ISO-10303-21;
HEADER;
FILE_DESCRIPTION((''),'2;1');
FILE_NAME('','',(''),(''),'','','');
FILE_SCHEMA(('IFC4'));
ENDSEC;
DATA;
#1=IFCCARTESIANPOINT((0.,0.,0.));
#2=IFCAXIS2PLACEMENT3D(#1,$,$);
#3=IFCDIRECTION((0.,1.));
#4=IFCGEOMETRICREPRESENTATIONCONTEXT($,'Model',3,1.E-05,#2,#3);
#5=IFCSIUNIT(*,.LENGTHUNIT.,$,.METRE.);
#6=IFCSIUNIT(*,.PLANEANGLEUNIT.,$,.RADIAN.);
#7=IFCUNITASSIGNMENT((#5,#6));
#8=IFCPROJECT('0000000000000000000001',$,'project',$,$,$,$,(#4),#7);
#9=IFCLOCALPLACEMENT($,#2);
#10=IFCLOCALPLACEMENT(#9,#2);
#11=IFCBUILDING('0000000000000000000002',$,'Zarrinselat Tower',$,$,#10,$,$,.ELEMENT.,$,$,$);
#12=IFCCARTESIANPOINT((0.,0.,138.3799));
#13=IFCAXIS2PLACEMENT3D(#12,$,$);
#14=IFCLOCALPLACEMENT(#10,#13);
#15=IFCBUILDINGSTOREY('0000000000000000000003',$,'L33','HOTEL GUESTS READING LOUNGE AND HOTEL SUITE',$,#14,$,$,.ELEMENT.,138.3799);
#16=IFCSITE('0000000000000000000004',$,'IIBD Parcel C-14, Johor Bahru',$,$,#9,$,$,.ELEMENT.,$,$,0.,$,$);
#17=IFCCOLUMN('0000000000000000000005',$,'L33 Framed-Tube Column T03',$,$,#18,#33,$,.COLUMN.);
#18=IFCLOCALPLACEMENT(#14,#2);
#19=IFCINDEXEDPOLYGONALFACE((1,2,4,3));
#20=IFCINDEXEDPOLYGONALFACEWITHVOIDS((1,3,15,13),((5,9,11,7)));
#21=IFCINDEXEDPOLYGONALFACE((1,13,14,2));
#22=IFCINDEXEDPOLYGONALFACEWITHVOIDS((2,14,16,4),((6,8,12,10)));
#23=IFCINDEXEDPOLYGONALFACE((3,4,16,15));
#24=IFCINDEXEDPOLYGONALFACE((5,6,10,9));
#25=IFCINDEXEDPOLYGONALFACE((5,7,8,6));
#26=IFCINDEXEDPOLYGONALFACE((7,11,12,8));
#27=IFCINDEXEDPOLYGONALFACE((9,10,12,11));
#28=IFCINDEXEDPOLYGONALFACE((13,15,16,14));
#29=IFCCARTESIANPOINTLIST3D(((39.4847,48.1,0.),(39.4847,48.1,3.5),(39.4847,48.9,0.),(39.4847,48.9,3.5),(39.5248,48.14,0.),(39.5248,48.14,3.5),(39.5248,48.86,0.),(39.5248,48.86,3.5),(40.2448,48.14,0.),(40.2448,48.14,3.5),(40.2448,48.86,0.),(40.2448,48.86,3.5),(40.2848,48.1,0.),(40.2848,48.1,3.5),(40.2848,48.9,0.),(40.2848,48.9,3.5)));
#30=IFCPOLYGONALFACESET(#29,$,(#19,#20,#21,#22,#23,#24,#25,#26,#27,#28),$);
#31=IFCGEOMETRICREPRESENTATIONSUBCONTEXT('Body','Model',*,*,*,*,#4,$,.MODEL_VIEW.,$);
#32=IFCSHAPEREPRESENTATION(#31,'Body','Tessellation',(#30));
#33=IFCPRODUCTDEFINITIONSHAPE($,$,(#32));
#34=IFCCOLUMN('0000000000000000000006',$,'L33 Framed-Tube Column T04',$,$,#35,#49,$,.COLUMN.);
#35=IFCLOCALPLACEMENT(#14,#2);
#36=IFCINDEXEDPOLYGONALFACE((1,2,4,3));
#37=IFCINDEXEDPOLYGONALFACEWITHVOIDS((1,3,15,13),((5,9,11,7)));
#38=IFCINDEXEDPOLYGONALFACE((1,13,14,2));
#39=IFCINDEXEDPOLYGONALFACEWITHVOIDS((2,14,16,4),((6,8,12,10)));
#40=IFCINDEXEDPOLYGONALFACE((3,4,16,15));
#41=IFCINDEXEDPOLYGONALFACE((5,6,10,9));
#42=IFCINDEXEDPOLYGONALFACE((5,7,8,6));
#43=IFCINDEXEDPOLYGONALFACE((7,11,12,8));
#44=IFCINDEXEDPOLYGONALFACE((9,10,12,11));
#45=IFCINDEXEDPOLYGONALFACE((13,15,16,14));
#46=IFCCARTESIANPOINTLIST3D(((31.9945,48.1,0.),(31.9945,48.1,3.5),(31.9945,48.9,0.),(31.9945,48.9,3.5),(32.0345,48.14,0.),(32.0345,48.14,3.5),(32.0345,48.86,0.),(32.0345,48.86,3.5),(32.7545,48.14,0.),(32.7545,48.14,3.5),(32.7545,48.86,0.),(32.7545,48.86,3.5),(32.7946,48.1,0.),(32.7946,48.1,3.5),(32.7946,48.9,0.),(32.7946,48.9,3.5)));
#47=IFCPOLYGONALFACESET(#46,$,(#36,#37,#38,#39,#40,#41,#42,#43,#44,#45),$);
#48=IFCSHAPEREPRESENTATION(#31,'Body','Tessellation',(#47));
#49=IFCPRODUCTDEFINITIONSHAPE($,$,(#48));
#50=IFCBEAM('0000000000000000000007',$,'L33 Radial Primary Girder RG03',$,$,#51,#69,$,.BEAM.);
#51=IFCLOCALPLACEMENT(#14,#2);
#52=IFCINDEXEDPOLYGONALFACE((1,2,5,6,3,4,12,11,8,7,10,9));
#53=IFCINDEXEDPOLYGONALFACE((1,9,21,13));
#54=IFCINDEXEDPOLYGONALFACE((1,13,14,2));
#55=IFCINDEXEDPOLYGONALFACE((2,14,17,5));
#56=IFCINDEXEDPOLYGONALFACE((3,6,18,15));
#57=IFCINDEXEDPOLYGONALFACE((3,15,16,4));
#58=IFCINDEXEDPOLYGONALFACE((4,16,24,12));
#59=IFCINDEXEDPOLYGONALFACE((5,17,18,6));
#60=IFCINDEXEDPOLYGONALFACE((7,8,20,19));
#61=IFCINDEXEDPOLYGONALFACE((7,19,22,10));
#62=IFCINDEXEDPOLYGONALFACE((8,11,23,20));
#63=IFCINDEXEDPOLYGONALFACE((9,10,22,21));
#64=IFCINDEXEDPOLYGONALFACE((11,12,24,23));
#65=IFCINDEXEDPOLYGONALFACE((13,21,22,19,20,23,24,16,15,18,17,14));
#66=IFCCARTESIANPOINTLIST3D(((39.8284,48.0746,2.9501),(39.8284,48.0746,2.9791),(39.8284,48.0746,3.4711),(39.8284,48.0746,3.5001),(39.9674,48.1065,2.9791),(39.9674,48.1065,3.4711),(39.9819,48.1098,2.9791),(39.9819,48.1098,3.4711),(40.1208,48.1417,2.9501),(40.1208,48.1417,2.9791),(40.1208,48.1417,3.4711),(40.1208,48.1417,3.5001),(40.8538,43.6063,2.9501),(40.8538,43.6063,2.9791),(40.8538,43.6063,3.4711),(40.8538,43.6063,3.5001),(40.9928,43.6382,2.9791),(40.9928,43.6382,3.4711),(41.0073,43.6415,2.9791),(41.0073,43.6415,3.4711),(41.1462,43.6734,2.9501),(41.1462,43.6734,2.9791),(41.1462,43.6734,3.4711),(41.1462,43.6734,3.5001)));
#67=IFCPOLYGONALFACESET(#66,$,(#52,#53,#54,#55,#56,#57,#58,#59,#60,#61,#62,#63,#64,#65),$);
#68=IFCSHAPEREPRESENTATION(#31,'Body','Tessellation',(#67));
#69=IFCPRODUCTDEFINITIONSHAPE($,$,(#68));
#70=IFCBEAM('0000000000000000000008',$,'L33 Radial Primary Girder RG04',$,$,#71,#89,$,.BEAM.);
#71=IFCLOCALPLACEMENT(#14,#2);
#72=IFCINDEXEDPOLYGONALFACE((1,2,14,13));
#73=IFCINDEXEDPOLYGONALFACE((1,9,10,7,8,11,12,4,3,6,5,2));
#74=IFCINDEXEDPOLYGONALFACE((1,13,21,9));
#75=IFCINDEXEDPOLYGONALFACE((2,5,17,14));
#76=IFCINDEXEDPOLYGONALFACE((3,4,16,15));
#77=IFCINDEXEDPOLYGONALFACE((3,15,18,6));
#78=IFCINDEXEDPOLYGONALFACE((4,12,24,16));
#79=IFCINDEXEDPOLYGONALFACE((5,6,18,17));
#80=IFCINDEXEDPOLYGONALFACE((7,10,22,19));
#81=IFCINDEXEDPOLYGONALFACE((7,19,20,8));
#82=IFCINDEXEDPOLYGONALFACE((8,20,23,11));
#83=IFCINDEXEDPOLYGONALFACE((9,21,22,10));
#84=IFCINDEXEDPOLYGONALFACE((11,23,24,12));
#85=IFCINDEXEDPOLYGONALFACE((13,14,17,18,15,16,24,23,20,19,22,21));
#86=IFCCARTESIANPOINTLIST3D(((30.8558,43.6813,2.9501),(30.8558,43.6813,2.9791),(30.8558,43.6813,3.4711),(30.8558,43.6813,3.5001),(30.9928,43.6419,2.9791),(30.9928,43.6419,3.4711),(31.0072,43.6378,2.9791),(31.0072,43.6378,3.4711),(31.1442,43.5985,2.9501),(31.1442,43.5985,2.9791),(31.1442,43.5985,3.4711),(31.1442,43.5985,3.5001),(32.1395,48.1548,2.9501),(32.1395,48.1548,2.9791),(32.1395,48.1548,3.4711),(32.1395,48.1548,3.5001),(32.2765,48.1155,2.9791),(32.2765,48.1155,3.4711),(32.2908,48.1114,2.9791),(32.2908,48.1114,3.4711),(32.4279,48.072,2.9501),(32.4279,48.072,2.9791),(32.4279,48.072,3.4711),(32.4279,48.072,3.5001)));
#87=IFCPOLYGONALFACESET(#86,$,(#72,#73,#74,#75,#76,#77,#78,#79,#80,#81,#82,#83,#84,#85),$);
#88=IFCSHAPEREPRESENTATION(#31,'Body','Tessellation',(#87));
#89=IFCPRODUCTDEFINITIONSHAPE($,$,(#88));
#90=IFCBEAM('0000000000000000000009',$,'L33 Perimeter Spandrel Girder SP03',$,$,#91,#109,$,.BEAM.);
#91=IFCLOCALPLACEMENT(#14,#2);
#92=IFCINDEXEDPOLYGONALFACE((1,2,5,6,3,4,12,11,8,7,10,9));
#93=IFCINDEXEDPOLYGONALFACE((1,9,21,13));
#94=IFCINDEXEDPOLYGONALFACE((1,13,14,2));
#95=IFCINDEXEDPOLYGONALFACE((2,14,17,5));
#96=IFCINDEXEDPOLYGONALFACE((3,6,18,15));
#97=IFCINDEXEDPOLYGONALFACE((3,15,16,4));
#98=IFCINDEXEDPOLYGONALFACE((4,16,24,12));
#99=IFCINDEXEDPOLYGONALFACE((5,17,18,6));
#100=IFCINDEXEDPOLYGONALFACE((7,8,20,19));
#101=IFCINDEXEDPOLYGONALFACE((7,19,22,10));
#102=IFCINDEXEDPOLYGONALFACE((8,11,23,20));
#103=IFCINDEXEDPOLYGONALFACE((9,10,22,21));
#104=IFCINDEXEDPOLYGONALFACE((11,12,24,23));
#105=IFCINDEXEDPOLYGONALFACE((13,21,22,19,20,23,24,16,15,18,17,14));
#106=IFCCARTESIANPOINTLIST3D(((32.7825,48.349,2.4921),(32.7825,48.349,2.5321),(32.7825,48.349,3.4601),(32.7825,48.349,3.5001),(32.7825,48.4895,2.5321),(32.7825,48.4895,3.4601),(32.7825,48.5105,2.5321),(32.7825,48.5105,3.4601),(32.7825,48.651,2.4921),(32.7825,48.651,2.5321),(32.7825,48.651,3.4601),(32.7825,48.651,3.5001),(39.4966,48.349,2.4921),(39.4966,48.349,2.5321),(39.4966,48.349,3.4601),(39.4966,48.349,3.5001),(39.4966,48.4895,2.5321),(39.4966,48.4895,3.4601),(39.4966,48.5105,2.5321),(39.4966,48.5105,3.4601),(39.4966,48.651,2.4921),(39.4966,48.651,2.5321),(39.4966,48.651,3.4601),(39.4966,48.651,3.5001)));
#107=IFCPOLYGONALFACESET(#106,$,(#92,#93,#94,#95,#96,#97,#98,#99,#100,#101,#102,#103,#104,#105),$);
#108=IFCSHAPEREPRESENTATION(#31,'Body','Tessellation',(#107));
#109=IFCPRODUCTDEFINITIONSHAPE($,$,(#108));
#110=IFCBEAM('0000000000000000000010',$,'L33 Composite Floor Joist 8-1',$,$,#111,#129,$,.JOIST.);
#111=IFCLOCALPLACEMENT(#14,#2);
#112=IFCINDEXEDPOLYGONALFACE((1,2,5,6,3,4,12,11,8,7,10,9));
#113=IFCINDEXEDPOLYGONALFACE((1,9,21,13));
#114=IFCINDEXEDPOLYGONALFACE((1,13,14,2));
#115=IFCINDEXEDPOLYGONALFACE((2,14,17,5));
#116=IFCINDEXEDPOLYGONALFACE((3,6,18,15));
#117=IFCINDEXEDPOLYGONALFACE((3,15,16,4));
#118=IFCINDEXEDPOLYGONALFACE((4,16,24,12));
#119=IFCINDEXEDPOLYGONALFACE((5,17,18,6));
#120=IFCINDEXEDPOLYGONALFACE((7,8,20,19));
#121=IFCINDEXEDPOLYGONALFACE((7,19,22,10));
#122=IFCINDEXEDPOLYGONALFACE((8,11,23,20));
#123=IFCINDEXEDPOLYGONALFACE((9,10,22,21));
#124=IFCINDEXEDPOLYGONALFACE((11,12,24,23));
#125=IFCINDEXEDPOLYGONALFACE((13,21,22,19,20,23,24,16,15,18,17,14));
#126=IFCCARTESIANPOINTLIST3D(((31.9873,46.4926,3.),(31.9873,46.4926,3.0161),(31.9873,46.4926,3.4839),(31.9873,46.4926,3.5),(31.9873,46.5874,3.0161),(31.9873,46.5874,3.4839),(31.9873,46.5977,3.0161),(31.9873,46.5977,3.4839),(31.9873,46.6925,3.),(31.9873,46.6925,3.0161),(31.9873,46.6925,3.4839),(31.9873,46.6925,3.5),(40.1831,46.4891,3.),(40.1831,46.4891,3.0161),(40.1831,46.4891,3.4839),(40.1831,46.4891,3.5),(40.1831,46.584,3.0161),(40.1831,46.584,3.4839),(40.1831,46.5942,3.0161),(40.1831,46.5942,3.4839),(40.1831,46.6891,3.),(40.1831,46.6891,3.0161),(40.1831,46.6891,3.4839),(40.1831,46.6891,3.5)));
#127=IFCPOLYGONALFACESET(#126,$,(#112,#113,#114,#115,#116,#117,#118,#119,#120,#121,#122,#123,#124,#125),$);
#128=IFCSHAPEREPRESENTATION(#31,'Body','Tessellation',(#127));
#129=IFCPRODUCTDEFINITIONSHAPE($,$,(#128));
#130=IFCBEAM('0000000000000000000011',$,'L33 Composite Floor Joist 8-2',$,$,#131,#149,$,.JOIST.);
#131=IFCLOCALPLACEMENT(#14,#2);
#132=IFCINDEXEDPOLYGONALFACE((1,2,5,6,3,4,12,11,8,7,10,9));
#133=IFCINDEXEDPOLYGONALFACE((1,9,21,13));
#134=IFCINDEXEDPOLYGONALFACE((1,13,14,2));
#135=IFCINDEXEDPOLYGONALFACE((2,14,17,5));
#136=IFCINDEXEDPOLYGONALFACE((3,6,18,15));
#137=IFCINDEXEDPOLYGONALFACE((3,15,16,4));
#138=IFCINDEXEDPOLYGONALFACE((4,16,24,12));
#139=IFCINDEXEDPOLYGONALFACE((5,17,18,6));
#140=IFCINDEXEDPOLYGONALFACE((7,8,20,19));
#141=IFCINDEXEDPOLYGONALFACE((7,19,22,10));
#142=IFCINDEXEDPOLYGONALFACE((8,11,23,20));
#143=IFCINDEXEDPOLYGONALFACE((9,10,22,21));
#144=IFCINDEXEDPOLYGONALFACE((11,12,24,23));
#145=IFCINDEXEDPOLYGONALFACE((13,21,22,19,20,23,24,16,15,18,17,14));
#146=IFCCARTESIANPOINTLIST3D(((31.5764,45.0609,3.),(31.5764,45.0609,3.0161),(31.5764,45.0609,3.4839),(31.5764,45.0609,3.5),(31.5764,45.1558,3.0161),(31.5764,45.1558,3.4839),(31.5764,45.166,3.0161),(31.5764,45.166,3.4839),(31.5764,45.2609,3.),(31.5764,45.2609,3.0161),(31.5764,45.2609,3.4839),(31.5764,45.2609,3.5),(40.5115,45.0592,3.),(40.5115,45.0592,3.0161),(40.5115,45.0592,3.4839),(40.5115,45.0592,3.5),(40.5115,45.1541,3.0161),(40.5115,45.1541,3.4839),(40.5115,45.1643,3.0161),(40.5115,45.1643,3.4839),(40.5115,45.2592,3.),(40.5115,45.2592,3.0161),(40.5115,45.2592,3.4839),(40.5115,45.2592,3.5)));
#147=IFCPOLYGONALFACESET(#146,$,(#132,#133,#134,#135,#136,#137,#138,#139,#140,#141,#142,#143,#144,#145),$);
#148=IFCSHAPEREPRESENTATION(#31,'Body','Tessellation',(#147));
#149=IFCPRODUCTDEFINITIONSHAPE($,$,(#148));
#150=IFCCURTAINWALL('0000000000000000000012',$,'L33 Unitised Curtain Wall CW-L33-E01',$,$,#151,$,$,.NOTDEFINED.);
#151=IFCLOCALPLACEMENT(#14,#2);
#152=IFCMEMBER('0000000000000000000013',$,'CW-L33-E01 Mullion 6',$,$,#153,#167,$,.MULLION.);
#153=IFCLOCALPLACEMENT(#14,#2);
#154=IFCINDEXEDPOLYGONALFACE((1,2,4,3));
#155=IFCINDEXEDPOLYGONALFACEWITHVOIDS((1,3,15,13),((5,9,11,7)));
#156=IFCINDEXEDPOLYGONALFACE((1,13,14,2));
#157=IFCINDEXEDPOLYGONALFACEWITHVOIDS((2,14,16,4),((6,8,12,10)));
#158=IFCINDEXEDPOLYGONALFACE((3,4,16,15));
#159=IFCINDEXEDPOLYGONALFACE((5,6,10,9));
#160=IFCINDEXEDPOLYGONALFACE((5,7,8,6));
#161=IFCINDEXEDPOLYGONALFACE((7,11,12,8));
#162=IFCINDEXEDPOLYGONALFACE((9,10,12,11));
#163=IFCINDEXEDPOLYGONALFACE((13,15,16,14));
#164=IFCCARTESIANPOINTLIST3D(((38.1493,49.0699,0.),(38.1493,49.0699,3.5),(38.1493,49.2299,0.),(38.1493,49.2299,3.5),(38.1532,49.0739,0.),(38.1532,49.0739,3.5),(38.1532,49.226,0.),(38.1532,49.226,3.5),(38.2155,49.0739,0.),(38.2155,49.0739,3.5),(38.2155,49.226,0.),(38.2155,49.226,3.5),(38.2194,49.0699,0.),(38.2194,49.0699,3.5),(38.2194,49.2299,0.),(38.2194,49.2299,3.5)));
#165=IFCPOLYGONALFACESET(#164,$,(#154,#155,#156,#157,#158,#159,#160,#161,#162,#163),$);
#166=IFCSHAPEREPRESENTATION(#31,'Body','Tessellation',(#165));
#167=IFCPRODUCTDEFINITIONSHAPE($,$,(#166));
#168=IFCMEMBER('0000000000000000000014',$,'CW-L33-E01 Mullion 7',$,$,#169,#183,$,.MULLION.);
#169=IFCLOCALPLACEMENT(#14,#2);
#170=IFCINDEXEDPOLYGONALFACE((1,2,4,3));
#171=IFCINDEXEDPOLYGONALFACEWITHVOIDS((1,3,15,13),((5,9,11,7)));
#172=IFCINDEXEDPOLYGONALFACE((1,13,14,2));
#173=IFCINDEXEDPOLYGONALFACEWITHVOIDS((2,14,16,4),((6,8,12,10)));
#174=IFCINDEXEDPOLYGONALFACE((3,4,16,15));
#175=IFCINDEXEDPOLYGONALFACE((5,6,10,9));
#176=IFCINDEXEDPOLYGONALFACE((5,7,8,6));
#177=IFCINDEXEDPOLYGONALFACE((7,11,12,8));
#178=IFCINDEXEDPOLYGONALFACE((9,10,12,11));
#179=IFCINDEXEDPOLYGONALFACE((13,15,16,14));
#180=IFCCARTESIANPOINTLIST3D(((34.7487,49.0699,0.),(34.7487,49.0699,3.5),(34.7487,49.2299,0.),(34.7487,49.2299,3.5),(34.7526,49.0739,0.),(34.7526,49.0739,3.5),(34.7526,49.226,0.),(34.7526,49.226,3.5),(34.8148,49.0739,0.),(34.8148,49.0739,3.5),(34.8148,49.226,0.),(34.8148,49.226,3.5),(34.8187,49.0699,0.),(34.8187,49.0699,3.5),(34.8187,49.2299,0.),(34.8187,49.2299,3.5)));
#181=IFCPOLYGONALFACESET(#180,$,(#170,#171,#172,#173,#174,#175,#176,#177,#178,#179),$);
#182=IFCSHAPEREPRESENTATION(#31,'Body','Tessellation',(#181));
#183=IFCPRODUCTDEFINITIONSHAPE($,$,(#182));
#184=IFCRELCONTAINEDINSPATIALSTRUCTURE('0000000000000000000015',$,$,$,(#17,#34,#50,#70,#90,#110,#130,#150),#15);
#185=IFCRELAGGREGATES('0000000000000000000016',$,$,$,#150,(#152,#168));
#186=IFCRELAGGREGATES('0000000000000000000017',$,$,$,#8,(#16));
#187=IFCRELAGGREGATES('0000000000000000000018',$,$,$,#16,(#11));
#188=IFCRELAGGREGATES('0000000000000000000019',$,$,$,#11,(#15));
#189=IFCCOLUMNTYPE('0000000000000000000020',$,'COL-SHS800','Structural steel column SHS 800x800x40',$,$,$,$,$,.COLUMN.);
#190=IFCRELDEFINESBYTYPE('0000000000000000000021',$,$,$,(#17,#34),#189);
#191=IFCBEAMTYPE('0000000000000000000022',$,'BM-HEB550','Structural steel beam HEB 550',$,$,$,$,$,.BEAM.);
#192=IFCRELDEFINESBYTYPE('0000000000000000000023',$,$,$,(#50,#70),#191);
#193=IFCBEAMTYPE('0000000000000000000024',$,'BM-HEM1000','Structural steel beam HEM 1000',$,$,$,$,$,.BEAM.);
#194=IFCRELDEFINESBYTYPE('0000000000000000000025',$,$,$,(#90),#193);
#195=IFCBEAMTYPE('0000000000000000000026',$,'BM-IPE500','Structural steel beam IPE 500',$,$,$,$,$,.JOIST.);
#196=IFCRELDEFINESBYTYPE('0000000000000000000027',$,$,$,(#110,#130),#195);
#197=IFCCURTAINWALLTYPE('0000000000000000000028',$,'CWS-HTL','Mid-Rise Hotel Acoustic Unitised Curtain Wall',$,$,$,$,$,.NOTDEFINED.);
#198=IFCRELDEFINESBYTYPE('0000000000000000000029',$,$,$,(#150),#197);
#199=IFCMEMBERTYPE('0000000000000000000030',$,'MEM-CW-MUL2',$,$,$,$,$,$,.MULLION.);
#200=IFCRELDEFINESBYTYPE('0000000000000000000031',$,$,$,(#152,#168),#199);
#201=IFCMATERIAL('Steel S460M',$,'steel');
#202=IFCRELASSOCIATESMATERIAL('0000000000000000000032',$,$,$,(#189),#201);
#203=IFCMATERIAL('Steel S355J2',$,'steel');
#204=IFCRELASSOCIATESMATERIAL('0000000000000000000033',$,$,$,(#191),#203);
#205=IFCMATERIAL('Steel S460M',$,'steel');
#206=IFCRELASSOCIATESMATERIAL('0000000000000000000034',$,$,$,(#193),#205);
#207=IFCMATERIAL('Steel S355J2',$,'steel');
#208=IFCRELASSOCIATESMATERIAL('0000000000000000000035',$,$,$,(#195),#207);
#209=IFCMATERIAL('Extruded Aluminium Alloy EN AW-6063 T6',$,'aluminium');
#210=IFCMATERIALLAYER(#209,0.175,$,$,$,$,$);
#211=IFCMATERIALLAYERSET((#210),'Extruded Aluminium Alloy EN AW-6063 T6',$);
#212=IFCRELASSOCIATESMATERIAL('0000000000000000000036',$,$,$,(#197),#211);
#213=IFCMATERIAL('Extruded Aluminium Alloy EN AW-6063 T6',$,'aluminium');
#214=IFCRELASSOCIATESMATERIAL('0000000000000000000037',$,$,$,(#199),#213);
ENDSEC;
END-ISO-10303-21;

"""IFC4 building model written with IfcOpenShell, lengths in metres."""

from ifc_helpers import new_model, si_unit, direction, frame, origin, origin_2d, place, context, subcontext, project, spatial, hollow_rectangle, i_section, extrude, material, layer, layer_set, material_profile, profile_set, type_object, element, aggregate, save


model = new_model("IFC4")

# Units and contexts
model_context = context("Model", 3, precision=1e-05, world=origin(), true_north=direction((0.0, 1.0)))
body_context = subcontext(model_context, "Body", "Model", "MODEL_VIEW")
ifc_project = project(units=[si_unit("LENGTHUNIT", "METRE"), si_unit("PLANEANGLEUNIT", "RADIAN")], contexts=[model_context])

# Site, building, storey
site_placement = place(None, origin())
site = spatial("IfcSite", under=ifc_project, at=site_placement, Name="IIBD Parcel C-14, Johor Bahru", CompositionType="ELEMENT", RefElevation=0.0)
building_placement = place(site_placement, origin())
building = spatial("IfcBuilding", under=site, at=building_placement, Name="Zarrinselat Tower", CompositionType="ELEMENT")
storey_placement = place(building_placement, frame((0.0, 0.0, 138.3799)))
storey = spatial("IfcBuildingStorey", under=building, at=storey_placement, Name="L33", Description="HOTEL GUESTS READING LOUNGE AND HOTEL SUITE", CompositionType="ELEMENT", Elevation=138.3799)

# Columns
ifc_material_1 = material(Name="Steel S460M", Category="steel")
ifc_material_profile_1 = material_profile(ifc_material_1, hollow_rectangle(XDim=0.8, YDim=0.8, WallThickness=0.04, at=origin_2d()), Name="SHS 800x800x40")
ifc_profile_set_1 = profile_set([ifc_material_profile_1], Name="Steel S460M")
column_type = type_object("IfcColumnType", Name="COL-SHS800", Description="Structural steel column SHS 800x800x40", PredefinedType="COLUMN", material=ifc_profile_set_1)
for number, where, z_axis, x_axis, name in (
    (1, (39.8848, 48.5, 0.0), (0.0, 0.0, 1.0), (1.0, 0.0, 0.0), "L33 Framed-Tube Column T03"),
    (2, (32.3945, 48.5, 0.0), (0.0, 0.0, 1.0), (1.0, 0.0, 0.0), "L33 Framed-Tube Column T04"),
):
    element("IfcColumn", number, at=place(storey_placement, frame(where, z_axis=z_axis, x_axis=x_axis)), inside=storey, type_object=column_type, Name=name, PredefinedType="COLUMN", context=body_context, shape_type="SweptSolid", body=[
        extrude(hollow_rectangle(XDim=0.8, YDim=0.8, WallThickness=0.04, at=origin_2d()), origin(), (0.0, 0.0, 1.0), 3.5),
    ])

# Beams
ifc_material_2 = material(Name="Steel S355J2", Category="steel")
ifc_material_profile_2 = material_profile(ifc_material_2, i_section(OverallWidth=0.3, OverallDepth=0.55, WebThickness=0.0149, FlangeThickness=0.0291, at=origin_2d()), Name="HEB 550")
ifc_profile_set_2 = profile_set([ifc_material_profile_2], Name="Steel S355J2")
beam_type_1 = type_object("IfcBeamType", Name="BM-HEB550", Description="Structural steel beam HEB 550", PredefinedType="BEAM", material=ifc_profile_set_2)
beam_1_placement = place(storey_placement, frame((39.9746, 48.1082, 3.2251), z_axis=(0.223669, -0.974665, 0.0), x_axis=(0.974665, 0.223669, 0.0)))
element("IfcBeam", 3, at=beam_1_placement, inside=storey, type_object=beam_type_1, Name="L33 Radial Primary Girder RG03", PredefinedType="BEAM", context=body_context, shape_type="SweptSolid", body=[
    extrude(i_section(OverallWidth=0.3, OverallDepth=0.55, WebThickness=0.0149, FlangeThickness=0.0291, at=origin_2d()), origin(), (0.0, 0.0, 1.0), 4.5845),
])
beam_2_placement = place(storey_placement, frame((31.0, 43.6399, 3.2251), z_axis=(0.275816, 0.961211, 0.0), x_axis=(-0.961211, 0.275816, 0.0)))
element("IfcBeam", 4, at=beam_2_placement, inside=storey, type_object=beam_type_1, Name="L33 Radial Primary Girder RG04", PredefinedType="BEAM", context=body_context, shape_type="SweptSolid", body=[
    extrude(i_section(OverallWidth=0.3, OverallDepth=0.55, WebThickness=0.0149, FlangeThickness=0.0291, at=origin_2d()), origin(), (0.0, 0.0, 1.0), 4.6541),
])
ifc_material_3 = material(Name="Steel S460M", Category="steel")
ifc_material_profile_3 = material_profile(ifc_material_3, i_section(OverallWidth=0.302, OverallDepth=1.0081, WebThickness=0.021, FlangeThickness=0.04, at=origin_2d()), Name="HEM 1000")
ifc_profile_set_3 = profile_set([ifc_material_profile_3], Name="Steel S460M")
beam_type_2 = type_object("IfcBeamType", Name="BM-HEM1000", Description="Structural steel beam HEM 1000", PredefinedType="BEAM", material=ifc_profile_set_3)
beam_3_placement = place(storey_placement, frame((32.7825, 48.5, 2.9961), z_axis=(1.0, 0.0, 0.0), x_axis=(0.0, 1.0, 0.0)))
element("IfcBeam", 5, at=beam_3_placement, inside=storey, type_object=beam_type_2, Name="L33 Perimeter Spandrel Girder SP03", PredefinedType="BEAM", context=body_context, shape_type="SweptSolid", body=[
    extrude(i_section(OverallWidth=0.302, OverallDepth=1.0081, WebThickness=0.021, FlangeThickness=0.04, at=origin_2d()), origin(), (0.0, 0.0, 1.0), 6.7141),
])
ifc_material_4 = material(Name="Steel S355J2", Category="steel")
ifc_material_profile_4 = material_profile(ifc_material_4, i_section(OverallWidth=0.2, OverallDepth=0.5, WebThickness=0.0103, FlangeThickness=0.0161, at=origin_2d()), Name="IPE 500")
ifc_profile_set_4 = profile_set([ifc_material_profile_4], Name="Steel S355J2")
beam_type_3 = type_object("IfcBeamType", Name="BM-IPE500", Description="Structural steel beam IPE 500", PredefinedType="JOIST", material=ifc_profile_set_4)
beam_4_placement = place(storey_placement, frame((31.9873, 46.5925, 3.25), z_axis=(1.0, -0.000417, 0.0), x_axis=(0.000417, 1.0, 0.0)))
element("IfcBeam", 6, at=beam_4_placement, inside=storey, type_object=beam_type_3, Name="L33 Composite Floor Joist 8-1", PredefinedType="JOIST", context=body_context, shape_type="SweptSolid", body=[
    extrude(i_section(OverallWidth=0.2, OverallDepth=0.5, WebThickness=0.0103, FlangeThickness=0.0161, at=origin_2d()), origin(), (0.0, 0.0, 1.0), 8.1958),
])
beam_5_placement = place(storey_placement, frame((31.5764, 45.1609, 3.25), z_axis=(1.0, -0.000191, 0.0), x_axis=(0.000191, 1.0, 0.0)))
element("IfcBeam", 7, at=beam_5_placement, inside=storey, type_object=beam_type_3, Name="L33 Composite Floor Joist 8-2", PredefinedType="JOIST", context=body_context, shape_type="SweptSolid", body=[
    extrude(i_section(OverallWidth=0.2, OverallDepth=0.5, WebThickness=0.0103, FlangeThickness=0.0161, at=origin_2d()), origin(), (0.0, 0.0, 1.0), 8.9351),
])

# Curtain wall, members
ifc_material_5 = material(Name="Extruded Aluminium Alloy EN AW-6063 T6", Category="aluminium")
ifc_layer_1 = layer(ifc_material_5, 0.175)
ifc_layer_set_1 = layer_set([ifc_layer_1], Name="Extruded Aluminium Alloy EN AW-6063 T6")
curtain_wall_type = type_object("IfcCurtainWallType", Name="CWS-HTL", Description="Mid-Rise Hotel Acoustic Unitised Curtain Wall", PredefinedType="NOTDEFINED", material=ifc_layer_set_1)
curtain_wall_placement = place(storey_placement, origin())
curtain_wall = element("IfcCurtainWall", 8, at=curtain_wall_placement, inside=storey, type_object=curtain_wall_type, Name="L33 Unitised Curtain Wall CW-L33-E01", PredefinedType="NOTDEFINED")
ifc_material_6 = material(Name="Extruded Aluminium Alloy EN AW-6063 T6", Category="aluminium")
ifc_material_profile_5 = material_profile(ifc_material_6, hollow_rectangle(XDim=0.0701, YDim=0.1599, WallThickness=0.0039, at=origin_2d()), Name="RHS 160x70x4")
ifc_profile_set_5 = profile_set([ifc_material_profile_5], Name="Extruded Aluminium Alloy EN AW-6063 T6")
member_type_1 = type_object("IfcMemberType", Name="MEM-CW-MUL2", PredefinedType="MULLION", material=ifc_profile_set_5)
member_1_placement = place(storey_placement, frame((38.1843, 49.1499, 0.0), z_axis=(0.0, 0.0, 1.0), x_axis=(-1.0, 0.0, 0.0)))
member_1 = element("IfcMember", 9, at=member_1_placement, type_object=member_type_1, Name="CW-L33-E01 Mullion 6", PredefinedType="MULLION", context=body_context, shape_type="SweptSolid", body=[
    extrude(hollow_rectangle(XDim=0.0701, YDim=0.1599, WallThickness=0.0039, at=origin_2d()), origin(), (0.0, 0.0, 1.0), 3.5),
])
member_2_placement = place(storey_placement, frame((34.7837, 49.1499, 0.0), z_axis=(0.0, 0.0, 1.0), x_axis=(-1.0, 0.0, 0.0)))
member_2 = element("IfcMember", 10, at=member_2_placement, type_object=member_type_1, Name="CW-L33-E01 Mullion 7", PredefinedType="MULLION", context=body_context, shape_type="SweptSolid", body=[
    extrude(hollow_rectangle(XDim=0.0701, YDim=0.1599, WallThickness=0.0039, at=origin_2d()), origin(), (0.0, 0.0, 1.0), 3.5),
])
aggregate(curtain_wall, [member_1, member_2])

save(model, "model.ifc")
